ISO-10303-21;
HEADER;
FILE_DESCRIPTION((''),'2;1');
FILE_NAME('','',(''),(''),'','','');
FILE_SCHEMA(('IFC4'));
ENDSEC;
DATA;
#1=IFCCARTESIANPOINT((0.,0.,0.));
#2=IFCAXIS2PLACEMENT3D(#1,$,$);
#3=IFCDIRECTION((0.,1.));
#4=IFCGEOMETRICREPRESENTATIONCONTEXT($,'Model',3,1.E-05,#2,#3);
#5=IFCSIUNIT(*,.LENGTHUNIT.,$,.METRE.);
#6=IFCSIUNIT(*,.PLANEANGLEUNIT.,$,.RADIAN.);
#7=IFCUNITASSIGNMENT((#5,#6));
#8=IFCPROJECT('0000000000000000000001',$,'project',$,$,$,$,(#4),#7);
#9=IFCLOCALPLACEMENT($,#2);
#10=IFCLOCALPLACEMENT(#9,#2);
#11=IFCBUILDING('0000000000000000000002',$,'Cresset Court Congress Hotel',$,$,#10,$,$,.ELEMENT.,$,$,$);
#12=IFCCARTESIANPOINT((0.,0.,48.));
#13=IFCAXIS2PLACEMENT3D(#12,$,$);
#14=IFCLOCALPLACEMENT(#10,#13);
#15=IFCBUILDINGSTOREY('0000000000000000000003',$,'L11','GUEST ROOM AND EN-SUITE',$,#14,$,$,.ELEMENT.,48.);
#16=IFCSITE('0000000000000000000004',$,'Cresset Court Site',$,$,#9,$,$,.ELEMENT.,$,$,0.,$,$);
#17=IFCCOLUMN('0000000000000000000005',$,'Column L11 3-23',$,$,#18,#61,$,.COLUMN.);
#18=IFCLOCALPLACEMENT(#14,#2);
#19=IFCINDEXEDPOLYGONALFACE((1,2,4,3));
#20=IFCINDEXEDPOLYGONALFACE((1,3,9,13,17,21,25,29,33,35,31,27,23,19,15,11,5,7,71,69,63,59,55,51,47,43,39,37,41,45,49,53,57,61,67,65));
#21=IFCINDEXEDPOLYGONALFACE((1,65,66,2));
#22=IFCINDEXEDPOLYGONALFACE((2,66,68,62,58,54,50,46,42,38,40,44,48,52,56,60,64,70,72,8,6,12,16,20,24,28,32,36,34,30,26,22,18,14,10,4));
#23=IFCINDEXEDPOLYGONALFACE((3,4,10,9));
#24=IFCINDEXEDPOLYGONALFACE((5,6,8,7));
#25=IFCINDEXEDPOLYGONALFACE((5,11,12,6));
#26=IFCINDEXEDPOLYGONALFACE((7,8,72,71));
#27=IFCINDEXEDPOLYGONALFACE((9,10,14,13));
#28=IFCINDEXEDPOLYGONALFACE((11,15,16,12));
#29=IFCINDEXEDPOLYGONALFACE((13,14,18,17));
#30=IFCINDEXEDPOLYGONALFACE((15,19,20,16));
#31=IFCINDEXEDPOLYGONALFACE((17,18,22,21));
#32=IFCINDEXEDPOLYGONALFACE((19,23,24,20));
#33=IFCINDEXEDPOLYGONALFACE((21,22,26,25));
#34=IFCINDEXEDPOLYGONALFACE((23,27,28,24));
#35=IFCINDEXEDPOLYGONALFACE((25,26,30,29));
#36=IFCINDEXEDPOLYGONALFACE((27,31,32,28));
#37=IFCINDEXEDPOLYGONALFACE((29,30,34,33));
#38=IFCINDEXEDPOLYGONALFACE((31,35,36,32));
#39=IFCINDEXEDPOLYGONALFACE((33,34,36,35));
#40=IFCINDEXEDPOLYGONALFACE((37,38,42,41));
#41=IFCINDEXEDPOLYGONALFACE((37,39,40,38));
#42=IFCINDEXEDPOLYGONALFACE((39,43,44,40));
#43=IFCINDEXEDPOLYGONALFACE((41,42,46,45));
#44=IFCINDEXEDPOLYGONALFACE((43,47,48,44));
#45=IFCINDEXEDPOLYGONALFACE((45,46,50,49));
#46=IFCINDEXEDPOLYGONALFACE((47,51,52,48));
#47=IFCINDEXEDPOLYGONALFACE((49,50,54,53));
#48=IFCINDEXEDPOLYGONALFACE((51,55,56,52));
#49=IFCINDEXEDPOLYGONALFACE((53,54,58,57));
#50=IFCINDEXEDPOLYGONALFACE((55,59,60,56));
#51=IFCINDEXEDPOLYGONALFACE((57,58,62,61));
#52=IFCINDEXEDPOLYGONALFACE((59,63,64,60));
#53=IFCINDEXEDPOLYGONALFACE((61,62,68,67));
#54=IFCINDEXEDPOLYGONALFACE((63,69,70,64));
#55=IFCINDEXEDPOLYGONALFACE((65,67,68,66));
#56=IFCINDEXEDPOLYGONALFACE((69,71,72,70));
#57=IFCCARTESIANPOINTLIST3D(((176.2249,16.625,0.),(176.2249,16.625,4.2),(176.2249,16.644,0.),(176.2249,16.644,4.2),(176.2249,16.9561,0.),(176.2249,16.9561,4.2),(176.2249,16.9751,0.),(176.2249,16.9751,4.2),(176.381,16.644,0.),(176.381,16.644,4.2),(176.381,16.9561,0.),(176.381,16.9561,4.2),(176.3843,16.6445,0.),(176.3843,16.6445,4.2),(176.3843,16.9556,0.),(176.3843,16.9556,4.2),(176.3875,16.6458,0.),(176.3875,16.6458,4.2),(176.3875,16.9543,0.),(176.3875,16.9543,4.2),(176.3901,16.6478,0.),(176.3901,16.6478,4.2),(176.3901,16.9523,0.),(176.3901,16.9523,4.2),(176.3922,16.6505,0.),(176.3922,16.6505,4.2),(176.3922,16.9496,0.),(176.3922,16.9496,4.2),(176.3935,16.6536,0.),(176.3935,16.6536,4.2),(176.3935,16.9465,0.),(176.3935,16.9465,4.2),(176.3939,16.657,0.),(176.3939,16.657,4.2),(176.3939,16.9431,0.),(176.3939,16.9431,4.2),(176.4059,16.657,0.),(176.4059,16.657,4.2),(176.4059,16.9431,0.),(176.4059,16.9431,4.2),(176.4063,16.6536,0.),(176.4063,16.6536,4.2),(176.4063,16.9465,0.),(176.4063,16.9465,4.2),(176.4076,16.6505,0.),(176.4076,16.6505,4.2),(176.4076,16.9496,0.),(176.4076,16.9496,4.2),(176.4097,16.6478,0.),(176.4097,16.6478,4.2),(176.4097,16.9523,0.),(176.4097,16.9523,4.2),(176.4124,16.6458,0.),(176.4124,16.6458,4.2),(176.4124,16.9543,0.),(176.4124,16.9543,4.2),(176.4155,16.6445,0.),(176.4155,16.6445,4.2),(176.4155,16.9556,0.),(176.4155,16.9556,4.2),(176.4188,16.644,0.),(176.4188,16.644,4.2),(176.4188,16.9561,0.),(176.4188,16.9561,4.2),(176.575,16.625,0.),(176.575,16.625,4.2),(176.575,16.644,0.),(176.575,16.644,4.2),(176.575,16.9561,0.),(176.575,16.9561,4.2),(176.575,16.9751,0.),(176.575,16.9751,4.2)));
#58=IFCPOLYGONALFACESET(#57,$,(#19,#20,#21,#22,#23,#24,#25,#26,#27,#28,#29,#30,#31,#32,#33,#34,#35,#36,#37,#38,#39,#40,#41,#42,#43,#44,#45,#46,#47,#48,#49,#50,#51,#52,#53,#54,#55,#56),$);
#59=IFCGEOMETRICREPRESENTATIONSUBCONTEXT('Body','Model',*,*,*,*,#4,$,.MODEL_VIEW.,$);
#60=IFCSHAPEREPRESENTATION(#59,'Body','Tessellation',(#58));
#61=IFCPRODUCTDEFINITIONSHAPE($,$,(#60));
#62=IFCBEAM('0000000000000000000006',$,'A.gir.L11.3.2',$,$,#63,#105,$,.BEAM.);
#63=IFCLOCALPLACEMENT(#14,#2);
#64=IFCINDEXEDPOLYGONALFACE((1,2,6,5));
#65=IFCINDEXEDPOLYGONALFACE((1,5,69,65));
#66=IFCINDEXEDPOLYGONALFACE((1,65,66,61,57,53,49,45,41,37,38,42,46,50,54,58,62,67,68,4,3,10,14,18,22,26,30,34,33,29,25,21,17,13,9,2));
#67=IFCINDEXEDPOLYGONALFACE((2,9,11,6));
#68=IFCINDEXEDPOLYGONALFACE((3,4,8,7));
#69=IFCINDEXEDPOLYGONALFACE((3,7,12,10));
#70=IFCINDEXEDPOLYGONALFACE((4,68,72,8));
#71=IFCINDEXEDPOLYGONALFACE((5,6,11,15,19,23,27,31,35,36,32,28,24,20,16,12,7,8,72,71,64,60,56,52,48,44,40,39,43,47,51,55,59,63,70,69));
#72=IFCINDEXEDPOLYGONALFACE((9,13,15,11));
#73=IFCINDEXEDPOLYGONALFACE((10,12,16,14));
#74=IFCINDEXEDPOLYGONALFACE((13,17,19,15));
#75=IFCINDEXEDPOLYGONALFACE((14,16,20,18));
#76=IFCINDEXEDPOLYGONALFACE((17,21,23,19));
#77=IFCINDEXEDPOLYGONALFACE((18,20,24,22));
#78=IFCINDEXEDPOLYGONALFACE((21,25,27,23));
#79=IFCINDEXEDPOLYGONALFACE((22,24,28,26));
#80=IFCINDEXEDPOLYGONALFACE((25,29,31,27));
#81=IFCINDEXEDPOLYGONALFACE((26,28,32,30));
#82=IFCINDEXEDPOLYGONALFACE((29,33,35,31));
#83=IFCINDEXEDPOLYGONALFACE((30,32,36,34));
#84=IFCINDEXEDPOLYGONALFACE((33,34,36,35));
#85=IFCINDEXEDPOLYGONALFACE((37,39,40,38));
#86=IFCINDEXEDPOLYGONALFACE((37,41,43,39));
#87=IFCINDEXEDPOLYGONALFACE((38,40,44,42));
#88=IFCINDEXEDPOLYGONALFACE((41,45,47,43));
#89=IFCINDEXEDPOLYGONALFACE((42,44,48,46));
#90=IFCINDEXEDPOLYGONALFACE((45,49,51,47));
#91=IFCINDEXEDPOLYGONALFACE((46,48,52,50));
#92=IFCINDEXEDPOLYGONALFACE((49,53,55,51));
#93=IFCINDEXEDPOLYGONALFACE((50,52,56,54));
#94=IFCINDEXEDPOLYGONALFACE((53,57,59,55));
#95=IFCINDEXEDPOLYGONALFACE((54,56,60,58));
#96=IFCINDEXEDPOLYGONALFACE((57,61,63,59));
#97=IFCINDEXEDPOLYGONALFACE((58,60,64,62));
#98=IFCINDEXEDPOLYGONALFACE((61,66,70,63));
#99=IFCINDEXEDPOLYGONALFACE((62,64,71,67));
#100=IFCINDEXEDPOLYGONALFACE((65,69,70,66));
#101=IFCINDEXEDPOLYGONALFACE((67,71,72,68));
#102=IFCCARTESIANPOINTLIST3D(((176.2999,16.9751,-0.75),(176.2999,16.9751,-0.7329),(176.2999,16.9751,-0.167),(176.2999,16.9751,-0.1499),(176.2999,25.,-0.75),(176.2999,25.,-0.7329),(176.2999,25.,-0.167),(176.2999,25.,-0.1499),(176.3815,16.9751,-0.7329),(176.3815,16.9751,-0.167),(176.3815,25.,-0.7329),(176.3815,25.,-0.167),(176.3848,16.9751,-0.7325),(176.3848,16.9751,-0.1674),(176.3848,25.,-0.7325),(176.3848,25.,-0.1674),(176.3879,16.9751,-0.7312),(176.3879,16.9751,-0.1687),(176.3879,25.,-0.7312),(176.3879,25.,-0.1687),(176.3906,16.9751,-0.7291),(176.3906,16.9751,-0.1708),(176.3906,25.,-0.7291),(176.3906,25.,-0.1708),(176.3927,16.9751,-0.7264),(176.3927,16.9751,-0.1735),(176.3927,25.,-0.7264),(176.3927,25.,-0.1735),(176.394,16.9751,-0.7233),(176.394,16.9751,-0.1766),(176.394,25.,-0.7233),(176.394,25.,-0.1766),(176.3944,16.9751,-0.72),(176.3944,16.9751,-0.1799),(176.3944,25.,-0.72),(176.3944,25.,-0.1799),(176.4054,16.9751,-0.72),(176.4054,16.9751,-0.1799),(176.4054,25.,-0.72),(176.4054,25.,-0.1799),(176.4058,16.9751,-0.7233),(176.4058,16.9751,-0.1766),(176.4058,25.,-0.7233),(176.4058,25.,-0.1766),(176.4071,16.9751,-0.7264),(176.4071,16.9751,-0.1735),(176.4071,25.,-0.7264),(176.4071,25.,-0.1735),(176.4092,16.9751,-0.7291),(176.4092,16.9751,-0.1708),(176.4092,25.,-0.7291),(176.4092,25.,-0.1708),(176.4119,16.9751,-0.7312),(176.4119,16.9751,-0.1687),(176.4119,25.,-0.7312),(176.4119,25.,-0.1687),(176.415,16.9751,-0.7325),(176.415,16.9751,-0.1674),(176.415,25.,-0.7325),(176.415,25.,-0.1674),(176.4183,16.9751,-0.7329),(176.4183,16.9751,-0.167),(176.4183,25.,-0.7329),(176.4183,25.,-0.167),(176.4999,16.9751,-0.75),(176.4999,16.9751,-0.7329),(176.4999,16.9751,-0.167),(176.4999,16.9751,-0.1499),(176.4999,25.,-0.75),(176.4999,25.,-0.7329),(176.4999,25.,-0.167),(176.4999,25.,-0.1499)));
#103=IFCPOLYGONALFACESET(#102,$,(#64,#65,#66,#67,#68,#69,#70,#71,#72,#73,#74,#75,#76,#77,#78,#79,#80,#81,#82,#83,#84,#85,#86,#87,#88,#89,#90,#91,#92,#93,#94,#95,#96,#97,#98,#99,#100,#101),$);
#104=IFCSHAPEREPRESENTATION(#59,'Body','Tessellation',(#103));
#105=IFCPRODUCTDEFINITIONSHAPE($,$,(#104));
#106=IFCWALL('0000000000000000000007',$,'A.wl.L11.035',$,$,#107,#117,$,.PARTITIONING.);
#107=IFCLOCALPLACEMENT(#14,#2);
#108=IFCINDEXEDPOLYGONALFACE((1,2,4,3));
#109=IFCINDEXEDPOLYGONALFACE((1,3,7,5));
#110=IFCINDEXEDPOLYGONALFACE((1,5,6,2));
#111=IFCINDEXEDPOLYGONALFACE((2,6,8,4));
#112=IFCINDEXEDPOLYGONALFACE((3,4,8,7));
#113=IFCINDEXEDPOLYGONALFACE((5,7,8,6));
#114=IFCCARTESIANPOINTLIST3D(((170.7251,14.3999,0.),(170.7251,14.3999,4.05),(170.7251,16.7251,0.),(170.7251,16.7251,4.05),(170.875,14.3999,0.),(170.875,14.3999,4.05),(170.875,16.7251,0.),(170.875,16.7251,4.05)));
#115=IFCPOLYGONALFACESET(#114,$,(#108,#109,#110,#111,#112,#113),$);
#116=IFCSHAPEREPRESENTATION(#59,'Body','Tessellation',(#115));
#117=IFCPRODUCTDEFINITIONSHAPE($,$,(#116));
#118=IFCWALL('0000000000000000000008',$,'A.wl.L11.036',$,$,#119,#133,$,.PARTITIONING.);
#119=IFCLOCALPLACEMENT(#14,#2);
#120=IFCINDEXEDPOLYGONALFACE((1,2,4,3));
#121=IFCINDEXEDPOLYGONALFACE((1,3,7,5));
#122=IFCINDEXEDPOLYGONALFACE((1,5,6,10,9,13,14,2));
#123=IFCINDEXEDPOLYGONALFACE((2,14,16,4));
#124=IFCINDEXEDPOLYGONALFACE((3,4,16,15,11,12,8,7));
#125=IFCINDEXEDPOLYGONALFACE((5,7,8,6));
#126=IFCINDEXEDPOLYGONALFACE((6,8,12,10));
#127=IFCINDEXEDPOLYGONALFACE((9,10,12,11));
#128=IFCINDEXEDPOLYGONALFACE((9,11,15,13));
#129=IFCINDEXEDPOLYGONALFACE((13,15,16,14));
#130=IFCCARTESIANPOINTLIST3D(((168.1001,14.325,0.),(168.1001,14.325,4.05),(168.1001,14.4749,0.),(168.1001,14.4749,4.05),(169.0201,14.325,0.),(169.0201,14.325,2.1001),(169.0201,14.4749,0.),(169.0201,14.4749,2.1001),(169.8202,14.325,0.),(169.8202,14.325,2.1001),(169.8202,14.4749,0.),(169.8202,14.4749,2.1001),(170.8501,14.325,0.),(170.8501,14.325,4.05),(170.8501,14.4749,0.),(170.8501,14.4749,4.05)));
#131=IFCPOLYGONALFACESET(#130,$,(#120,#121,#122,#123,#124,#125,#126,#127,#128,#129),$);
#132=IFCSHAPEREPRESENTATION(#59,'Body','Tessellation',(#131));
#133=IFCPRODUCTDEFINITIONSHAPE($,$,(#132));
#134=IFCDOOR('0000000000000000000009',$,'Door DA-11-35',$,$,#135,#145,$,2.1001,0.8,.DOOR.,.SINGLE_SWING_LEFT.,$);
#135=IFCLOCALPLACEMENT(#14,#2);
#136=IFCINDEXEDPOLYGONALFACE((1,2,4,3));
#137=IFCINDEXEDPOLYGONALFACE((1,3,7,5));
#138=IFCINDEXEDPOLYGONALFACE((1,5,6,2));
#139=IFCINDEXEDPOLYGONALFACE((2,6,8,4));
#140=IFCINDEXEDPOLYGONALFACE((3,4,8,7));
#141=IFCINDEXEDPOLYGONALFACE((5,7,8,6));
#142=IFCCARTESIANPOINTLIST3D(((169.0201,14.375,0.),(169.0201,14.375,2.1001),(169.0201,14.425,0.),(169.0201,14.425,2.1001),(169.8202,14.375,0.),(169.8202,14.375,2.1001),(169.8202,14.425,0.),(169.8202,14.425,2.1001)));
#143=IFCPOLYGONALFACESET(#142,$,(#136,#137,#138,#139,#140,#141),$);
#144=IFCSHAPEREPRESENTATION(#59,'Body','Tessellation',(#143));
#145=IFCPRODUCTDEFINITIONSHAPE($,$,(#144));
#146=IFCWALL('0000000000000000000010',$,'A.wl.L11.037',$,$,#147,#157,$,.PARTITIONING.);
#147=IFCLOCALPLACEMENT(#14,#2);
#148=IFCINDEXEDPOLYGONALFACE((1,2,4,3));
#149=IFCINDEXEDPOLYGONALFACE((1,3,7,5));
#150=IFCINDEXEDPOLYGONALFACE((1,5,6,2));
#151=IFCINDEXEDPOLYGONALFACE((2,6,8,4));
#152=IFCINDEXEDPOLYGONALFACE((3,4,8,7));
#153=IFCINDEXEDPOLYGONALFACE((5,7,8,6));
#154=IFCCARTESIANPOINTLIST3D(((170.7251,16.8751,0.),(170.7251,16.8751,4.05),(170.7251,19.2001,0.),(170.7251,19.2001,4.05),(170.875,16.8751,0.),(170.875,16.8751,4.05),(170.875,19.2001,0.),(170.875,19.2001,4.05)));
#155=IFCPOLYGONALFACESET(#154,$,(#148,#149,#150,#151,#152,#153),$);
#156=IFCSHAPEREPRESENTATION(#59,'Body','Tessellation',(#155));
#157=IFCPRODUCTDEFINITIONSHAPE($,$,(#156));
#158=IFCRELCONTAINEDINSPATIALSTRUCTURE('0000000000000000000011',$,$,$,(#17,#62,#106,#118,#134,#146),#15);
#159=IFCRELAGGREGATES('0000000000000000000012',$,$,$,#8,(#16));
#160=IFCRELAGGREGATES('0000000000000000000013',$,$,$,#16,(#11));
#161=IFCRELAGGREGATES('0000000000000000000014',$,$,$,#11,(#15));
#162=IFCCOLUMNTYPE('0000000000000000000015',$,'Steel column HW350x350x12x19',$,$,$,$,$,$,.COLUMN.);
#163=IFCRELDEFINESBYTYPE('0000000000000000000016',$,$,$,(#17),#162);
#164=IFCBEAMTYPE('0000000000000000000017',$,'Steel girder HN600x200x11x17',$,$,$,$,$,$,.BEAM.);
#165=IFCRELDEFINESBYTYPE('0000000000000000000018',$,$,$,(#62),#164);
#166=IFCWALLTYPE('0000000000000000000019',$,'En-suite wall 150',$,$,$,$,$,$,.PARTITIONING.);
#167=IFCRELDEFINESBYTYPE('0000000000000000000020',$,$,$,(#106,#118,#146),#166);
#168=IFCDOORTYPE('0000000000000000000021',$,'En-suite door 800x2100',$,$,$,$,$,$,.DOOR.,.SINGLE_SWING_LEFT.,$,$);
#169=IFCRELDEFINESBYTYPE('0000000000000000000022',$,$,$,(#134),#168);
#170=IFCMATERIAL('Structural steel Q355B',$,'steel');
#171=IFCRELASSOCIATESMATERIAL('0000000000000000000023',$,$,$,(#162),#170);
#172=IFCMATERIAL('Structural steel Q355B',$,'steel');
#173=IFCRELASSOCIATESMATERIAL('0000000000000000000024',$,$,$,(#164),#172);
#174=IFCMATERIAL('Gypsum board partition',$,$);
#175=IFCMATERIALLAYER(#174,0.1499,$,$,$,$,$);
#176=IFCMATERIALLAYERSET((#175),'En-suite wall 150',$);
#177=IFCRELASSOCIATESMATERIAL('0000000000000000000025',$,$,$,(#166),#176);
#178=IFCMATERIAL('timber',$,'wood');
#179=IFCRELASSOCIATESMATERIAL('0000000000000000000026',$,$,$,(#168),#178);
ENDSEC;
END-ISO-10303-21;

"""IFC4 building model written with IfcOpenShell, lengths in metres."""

from ifc_helpers import new_model, si_unit, direction, frame, frame_2d, origin, origin_2d, place, context, subcontext, project, spatial, rectangle, i_section, extrude, material, layer, layer_set, material_profile, profile_set, type_object, element, fill, save


model = new_model("IFC4")

# Units and contexts
model_context = context("Model", 3, precision=1e-05, world=origin(), true_north=direction((0.0, 1.0)))
body_context = subcontext(model_context, "Body", "Model", "MODEL_VIEW")
ifc_project = project(units=[si_unit("LENGTHUNIT", "METRE"), si_unit("PLANEANGLEUNIT", "RADIAN")], contexts=[model_context])

# Site, building, storey
site_placement = place(None, origin())
site = spatial("IfcSite", under=ifc_project, at=site_placement, Name="Cresset Court Site", CompositionType="ELEMENT", RefElevation=0.0)
building_placement = place(site_placement, origin())
building = spatial("IfcBuilding", under=site, at=building_placement, Name="Cresset Court Congress Hotel", CompositionType="ELEMENT")
storey_placement = place(building_placement, frame((0.0, 0.0, 48.0)))
storey = spatial("IfcBuildingStorey", under=building, at=storey_placement, Name="L11", Description="GUEST ROOM AND EN-SUITE", CompositionType="ELEMENT", Elevation=48.0)

# Column
ifc_material_1 = material(Name="Structural steel Q355B", Category="steel")
ifc_material_profile_1 = material_profile(ifc_material_1, i_section(OverallWidth=0.3501, OverallDepth=0.3501, WebThickness=0.012, FlangeThickness=0.019, FilletRadius=0.0129, at=origin_2d()), Name="HW350x350x12x19")
ifc_profile_set_1 = profile_set([ifc_material_profile_1], Name="Structural steel Q355B")
column_type = type_object("IfcColumnType", Name="Steel column HW350x350x12x19", PredefinedType="COLUMN", material=ifc_profile_set_1)
column_placement = place(storey_placement, frame((176.3999, 16.8, 0.0), z_axis=(0.0, 0.0, 1.0), x_axis=(1.0, 0.0, 0.0)))
element("IfcColumn", 1, at=column_placement, inside=storey, type_object=column_type, Name="Column L11 3-23", PredefinedType="COLUMN", context=body_context, shape_type="SweptSolid", body=[
    extrude(i_section(OverallWidth=0.3501, OverallDepth=0.3501, WebThickness=0.012, FlangeThickness=0.019, FilletRadius=0.0129, at=origin_2d()), origin(), (0.0, 0.0, 1.0), 4.2),
])

# Beam
ifc_material_2 = material(Name="Structural steel Q355B", Category="steel")
ifc_material_profile_2 = material_profile(ifc_material_2, i_section(OverallWidth=0.2, OverallDepth=0.6001, WebThickness=0.011, FlangeThickness=0.0171, FilletRadius=0.0129, at=origin_2d()), Name="HN600x200x11x17")
ifc_profile_set_2 = profile_set([ifc_material_profile_2], Name="Structural steel Q355B")
beam_type = type_object("IfcBeamType", Name="Steel girder HN600x200x11x17", PredefinedType="BEAM", material=ifc_profile_set_2)
beam_placement = place(storey_placement, frame((176.3999, 16.9751, -0.45), z_axis=(0.0, 1.0, 0.0), x_axis=(-1.0, 0.0, 0.0)))
element("IfcBeam", 2, at=beam_placement, inside=storey, type_object=beam_type, Name="A.gir.L11.3.2", PredefinedType="BEAM", context=body_context, shape_type="SweptSolid", body=[
    extrude(i_section(OverallWidth=0.2, OverallDepth=0.6001, WebThickness=0.011, FlangeThickness=0.0171, FilletRadius=0.0129, at=origin_2d()), origin(), (0.0, 0.0, 1.0), 8.0249),
])

# Wall
ifc_material_3 = material(Name="Gypsum board partition")
ifc_layer_1 = layer(ifc_material_3, 0.1499)
ifc_layer_set_1 = layer_set([ifc_layer_1], Name="En-suite wall 150")
wall_type_1 = type_object("IfcWallType", Name="En-suite wall 150", PredefinedType="PARTITIONING", material=ifc_layer_set_1)
wall_1_placement = place(storey_placement, frame((170.8, 14.3999, 0.0), z_axis=(0.0, 0.0, 1.0), x_axis=(0.0, 1.0, 0.0)))
element("IfcWall", 3, at=wall_1_placement, inside=storey, type_object=wall_type_1, Name="A.wl.L11.035", PredefinedType="PARTITIONING", context=body_context, shape_type="SweptSolid", body=[
    extrude(rectangle(XDim=2.3252, YDim=0.1499, at=frame_2d((1.1626, 0.0))), origin(), (0.0, 0.0, 1.0), 4.05),
])

# Wall, opening, door
wall_2_placement = place(storey_placement, frame((170.8501, 14.3999, 0.0), z_axis=(0.0, 0.0, 1.0), x_axis=(-1.0, 0.0, 0.0)))
wall_2 = element("IfcWall", 4, at=wall_2_placement, inside=storey, type_object=wall_type_1, Name="A.wl.L11.036", PredefinedType="PARTITIONING", context=body_context, shape_type="SweptSolid", body=[
    extrude(rectangle(XDim=2.75, YDim=0.1499, at=frame_2d((1.375, 0.0))), origin(), (0.0, 0.0, 1.0), 4.05),
])
opening_1_placement = place(wall_2_placement, frame((1.03, 0.0, 0.0)))
opening_1 = element("IfcOpeningElement", 5, at=opening_1_placement, cuts=wall_2, PredefinedType="OPENING", context=body_context, shape_type="SweptSolid", body=[
    extrude(rectangle(XDim=0.8, YDim=2.1001, at=frame_2d((0.3999, 1.05))), frame((0.0, 0.085, 0.0), z_axis=(0.0, -1.0, 0.0), x_axis=(1.0, 0.0, 0.0)), (0.0, 0.0, 1.0), 0.1699),
])
ifc_material_4 = material(Name="timber", Category="wood")
door_type = type_object("IfcDoorType", Name="En-suite door 800x2100", OperationType="SINGLE_SWING_LEFT", PredefinedType="DOOR", material=ifc_material_4)
door_1_placement = place(opening_1_placement, origin())
door_1 = element("IfcDoor", 6, at=door_1_placement, inside=storey, type_object=door_type, Name="Door DA-11-35", OperationType="SINGLE_SWING_LEFT", OverallHeight=2.1001, OverallWidth=0.8, PredefinedType="DOOR", context=body_context, shape_type="SweptSolid", body=[
    extrude(rectangle(XDim=0.8, YDim=2.1001, at=frame_2d((0.3999, 1.05))), frame((0.0, 0.0249, 0.0), z_axis=(0.0, -1.0, 0.0), x_axis=(1.0, 0.0, 0.0)), (0.0, 0.0, 1.0), 0.05),
])
fill(opening_1, door_1)

# Wall
wall_3_placement = place(storey_placement, frame((170.8, 16.875, 0.0), z_axis=(0.0, 0.0, 1.0), x_axis=(0.0, 1.0, 0.0)))
element("IfcWall", 7, at=wall_3_placement, inside=storey, type_object=wall_type_1, Name="A.wl.L11.037", PredefinedType="PARTITIONING", context=body_context, shape_type="SweptSolid", body=[
    extrude(rectangle(XDim=2.325, YDim=0.1499, at=frame_2d((1.1626, 0.0))), origin(), (0.0, 0.0, 1.0), 4.05),
])

save(model, "model.ifc")
